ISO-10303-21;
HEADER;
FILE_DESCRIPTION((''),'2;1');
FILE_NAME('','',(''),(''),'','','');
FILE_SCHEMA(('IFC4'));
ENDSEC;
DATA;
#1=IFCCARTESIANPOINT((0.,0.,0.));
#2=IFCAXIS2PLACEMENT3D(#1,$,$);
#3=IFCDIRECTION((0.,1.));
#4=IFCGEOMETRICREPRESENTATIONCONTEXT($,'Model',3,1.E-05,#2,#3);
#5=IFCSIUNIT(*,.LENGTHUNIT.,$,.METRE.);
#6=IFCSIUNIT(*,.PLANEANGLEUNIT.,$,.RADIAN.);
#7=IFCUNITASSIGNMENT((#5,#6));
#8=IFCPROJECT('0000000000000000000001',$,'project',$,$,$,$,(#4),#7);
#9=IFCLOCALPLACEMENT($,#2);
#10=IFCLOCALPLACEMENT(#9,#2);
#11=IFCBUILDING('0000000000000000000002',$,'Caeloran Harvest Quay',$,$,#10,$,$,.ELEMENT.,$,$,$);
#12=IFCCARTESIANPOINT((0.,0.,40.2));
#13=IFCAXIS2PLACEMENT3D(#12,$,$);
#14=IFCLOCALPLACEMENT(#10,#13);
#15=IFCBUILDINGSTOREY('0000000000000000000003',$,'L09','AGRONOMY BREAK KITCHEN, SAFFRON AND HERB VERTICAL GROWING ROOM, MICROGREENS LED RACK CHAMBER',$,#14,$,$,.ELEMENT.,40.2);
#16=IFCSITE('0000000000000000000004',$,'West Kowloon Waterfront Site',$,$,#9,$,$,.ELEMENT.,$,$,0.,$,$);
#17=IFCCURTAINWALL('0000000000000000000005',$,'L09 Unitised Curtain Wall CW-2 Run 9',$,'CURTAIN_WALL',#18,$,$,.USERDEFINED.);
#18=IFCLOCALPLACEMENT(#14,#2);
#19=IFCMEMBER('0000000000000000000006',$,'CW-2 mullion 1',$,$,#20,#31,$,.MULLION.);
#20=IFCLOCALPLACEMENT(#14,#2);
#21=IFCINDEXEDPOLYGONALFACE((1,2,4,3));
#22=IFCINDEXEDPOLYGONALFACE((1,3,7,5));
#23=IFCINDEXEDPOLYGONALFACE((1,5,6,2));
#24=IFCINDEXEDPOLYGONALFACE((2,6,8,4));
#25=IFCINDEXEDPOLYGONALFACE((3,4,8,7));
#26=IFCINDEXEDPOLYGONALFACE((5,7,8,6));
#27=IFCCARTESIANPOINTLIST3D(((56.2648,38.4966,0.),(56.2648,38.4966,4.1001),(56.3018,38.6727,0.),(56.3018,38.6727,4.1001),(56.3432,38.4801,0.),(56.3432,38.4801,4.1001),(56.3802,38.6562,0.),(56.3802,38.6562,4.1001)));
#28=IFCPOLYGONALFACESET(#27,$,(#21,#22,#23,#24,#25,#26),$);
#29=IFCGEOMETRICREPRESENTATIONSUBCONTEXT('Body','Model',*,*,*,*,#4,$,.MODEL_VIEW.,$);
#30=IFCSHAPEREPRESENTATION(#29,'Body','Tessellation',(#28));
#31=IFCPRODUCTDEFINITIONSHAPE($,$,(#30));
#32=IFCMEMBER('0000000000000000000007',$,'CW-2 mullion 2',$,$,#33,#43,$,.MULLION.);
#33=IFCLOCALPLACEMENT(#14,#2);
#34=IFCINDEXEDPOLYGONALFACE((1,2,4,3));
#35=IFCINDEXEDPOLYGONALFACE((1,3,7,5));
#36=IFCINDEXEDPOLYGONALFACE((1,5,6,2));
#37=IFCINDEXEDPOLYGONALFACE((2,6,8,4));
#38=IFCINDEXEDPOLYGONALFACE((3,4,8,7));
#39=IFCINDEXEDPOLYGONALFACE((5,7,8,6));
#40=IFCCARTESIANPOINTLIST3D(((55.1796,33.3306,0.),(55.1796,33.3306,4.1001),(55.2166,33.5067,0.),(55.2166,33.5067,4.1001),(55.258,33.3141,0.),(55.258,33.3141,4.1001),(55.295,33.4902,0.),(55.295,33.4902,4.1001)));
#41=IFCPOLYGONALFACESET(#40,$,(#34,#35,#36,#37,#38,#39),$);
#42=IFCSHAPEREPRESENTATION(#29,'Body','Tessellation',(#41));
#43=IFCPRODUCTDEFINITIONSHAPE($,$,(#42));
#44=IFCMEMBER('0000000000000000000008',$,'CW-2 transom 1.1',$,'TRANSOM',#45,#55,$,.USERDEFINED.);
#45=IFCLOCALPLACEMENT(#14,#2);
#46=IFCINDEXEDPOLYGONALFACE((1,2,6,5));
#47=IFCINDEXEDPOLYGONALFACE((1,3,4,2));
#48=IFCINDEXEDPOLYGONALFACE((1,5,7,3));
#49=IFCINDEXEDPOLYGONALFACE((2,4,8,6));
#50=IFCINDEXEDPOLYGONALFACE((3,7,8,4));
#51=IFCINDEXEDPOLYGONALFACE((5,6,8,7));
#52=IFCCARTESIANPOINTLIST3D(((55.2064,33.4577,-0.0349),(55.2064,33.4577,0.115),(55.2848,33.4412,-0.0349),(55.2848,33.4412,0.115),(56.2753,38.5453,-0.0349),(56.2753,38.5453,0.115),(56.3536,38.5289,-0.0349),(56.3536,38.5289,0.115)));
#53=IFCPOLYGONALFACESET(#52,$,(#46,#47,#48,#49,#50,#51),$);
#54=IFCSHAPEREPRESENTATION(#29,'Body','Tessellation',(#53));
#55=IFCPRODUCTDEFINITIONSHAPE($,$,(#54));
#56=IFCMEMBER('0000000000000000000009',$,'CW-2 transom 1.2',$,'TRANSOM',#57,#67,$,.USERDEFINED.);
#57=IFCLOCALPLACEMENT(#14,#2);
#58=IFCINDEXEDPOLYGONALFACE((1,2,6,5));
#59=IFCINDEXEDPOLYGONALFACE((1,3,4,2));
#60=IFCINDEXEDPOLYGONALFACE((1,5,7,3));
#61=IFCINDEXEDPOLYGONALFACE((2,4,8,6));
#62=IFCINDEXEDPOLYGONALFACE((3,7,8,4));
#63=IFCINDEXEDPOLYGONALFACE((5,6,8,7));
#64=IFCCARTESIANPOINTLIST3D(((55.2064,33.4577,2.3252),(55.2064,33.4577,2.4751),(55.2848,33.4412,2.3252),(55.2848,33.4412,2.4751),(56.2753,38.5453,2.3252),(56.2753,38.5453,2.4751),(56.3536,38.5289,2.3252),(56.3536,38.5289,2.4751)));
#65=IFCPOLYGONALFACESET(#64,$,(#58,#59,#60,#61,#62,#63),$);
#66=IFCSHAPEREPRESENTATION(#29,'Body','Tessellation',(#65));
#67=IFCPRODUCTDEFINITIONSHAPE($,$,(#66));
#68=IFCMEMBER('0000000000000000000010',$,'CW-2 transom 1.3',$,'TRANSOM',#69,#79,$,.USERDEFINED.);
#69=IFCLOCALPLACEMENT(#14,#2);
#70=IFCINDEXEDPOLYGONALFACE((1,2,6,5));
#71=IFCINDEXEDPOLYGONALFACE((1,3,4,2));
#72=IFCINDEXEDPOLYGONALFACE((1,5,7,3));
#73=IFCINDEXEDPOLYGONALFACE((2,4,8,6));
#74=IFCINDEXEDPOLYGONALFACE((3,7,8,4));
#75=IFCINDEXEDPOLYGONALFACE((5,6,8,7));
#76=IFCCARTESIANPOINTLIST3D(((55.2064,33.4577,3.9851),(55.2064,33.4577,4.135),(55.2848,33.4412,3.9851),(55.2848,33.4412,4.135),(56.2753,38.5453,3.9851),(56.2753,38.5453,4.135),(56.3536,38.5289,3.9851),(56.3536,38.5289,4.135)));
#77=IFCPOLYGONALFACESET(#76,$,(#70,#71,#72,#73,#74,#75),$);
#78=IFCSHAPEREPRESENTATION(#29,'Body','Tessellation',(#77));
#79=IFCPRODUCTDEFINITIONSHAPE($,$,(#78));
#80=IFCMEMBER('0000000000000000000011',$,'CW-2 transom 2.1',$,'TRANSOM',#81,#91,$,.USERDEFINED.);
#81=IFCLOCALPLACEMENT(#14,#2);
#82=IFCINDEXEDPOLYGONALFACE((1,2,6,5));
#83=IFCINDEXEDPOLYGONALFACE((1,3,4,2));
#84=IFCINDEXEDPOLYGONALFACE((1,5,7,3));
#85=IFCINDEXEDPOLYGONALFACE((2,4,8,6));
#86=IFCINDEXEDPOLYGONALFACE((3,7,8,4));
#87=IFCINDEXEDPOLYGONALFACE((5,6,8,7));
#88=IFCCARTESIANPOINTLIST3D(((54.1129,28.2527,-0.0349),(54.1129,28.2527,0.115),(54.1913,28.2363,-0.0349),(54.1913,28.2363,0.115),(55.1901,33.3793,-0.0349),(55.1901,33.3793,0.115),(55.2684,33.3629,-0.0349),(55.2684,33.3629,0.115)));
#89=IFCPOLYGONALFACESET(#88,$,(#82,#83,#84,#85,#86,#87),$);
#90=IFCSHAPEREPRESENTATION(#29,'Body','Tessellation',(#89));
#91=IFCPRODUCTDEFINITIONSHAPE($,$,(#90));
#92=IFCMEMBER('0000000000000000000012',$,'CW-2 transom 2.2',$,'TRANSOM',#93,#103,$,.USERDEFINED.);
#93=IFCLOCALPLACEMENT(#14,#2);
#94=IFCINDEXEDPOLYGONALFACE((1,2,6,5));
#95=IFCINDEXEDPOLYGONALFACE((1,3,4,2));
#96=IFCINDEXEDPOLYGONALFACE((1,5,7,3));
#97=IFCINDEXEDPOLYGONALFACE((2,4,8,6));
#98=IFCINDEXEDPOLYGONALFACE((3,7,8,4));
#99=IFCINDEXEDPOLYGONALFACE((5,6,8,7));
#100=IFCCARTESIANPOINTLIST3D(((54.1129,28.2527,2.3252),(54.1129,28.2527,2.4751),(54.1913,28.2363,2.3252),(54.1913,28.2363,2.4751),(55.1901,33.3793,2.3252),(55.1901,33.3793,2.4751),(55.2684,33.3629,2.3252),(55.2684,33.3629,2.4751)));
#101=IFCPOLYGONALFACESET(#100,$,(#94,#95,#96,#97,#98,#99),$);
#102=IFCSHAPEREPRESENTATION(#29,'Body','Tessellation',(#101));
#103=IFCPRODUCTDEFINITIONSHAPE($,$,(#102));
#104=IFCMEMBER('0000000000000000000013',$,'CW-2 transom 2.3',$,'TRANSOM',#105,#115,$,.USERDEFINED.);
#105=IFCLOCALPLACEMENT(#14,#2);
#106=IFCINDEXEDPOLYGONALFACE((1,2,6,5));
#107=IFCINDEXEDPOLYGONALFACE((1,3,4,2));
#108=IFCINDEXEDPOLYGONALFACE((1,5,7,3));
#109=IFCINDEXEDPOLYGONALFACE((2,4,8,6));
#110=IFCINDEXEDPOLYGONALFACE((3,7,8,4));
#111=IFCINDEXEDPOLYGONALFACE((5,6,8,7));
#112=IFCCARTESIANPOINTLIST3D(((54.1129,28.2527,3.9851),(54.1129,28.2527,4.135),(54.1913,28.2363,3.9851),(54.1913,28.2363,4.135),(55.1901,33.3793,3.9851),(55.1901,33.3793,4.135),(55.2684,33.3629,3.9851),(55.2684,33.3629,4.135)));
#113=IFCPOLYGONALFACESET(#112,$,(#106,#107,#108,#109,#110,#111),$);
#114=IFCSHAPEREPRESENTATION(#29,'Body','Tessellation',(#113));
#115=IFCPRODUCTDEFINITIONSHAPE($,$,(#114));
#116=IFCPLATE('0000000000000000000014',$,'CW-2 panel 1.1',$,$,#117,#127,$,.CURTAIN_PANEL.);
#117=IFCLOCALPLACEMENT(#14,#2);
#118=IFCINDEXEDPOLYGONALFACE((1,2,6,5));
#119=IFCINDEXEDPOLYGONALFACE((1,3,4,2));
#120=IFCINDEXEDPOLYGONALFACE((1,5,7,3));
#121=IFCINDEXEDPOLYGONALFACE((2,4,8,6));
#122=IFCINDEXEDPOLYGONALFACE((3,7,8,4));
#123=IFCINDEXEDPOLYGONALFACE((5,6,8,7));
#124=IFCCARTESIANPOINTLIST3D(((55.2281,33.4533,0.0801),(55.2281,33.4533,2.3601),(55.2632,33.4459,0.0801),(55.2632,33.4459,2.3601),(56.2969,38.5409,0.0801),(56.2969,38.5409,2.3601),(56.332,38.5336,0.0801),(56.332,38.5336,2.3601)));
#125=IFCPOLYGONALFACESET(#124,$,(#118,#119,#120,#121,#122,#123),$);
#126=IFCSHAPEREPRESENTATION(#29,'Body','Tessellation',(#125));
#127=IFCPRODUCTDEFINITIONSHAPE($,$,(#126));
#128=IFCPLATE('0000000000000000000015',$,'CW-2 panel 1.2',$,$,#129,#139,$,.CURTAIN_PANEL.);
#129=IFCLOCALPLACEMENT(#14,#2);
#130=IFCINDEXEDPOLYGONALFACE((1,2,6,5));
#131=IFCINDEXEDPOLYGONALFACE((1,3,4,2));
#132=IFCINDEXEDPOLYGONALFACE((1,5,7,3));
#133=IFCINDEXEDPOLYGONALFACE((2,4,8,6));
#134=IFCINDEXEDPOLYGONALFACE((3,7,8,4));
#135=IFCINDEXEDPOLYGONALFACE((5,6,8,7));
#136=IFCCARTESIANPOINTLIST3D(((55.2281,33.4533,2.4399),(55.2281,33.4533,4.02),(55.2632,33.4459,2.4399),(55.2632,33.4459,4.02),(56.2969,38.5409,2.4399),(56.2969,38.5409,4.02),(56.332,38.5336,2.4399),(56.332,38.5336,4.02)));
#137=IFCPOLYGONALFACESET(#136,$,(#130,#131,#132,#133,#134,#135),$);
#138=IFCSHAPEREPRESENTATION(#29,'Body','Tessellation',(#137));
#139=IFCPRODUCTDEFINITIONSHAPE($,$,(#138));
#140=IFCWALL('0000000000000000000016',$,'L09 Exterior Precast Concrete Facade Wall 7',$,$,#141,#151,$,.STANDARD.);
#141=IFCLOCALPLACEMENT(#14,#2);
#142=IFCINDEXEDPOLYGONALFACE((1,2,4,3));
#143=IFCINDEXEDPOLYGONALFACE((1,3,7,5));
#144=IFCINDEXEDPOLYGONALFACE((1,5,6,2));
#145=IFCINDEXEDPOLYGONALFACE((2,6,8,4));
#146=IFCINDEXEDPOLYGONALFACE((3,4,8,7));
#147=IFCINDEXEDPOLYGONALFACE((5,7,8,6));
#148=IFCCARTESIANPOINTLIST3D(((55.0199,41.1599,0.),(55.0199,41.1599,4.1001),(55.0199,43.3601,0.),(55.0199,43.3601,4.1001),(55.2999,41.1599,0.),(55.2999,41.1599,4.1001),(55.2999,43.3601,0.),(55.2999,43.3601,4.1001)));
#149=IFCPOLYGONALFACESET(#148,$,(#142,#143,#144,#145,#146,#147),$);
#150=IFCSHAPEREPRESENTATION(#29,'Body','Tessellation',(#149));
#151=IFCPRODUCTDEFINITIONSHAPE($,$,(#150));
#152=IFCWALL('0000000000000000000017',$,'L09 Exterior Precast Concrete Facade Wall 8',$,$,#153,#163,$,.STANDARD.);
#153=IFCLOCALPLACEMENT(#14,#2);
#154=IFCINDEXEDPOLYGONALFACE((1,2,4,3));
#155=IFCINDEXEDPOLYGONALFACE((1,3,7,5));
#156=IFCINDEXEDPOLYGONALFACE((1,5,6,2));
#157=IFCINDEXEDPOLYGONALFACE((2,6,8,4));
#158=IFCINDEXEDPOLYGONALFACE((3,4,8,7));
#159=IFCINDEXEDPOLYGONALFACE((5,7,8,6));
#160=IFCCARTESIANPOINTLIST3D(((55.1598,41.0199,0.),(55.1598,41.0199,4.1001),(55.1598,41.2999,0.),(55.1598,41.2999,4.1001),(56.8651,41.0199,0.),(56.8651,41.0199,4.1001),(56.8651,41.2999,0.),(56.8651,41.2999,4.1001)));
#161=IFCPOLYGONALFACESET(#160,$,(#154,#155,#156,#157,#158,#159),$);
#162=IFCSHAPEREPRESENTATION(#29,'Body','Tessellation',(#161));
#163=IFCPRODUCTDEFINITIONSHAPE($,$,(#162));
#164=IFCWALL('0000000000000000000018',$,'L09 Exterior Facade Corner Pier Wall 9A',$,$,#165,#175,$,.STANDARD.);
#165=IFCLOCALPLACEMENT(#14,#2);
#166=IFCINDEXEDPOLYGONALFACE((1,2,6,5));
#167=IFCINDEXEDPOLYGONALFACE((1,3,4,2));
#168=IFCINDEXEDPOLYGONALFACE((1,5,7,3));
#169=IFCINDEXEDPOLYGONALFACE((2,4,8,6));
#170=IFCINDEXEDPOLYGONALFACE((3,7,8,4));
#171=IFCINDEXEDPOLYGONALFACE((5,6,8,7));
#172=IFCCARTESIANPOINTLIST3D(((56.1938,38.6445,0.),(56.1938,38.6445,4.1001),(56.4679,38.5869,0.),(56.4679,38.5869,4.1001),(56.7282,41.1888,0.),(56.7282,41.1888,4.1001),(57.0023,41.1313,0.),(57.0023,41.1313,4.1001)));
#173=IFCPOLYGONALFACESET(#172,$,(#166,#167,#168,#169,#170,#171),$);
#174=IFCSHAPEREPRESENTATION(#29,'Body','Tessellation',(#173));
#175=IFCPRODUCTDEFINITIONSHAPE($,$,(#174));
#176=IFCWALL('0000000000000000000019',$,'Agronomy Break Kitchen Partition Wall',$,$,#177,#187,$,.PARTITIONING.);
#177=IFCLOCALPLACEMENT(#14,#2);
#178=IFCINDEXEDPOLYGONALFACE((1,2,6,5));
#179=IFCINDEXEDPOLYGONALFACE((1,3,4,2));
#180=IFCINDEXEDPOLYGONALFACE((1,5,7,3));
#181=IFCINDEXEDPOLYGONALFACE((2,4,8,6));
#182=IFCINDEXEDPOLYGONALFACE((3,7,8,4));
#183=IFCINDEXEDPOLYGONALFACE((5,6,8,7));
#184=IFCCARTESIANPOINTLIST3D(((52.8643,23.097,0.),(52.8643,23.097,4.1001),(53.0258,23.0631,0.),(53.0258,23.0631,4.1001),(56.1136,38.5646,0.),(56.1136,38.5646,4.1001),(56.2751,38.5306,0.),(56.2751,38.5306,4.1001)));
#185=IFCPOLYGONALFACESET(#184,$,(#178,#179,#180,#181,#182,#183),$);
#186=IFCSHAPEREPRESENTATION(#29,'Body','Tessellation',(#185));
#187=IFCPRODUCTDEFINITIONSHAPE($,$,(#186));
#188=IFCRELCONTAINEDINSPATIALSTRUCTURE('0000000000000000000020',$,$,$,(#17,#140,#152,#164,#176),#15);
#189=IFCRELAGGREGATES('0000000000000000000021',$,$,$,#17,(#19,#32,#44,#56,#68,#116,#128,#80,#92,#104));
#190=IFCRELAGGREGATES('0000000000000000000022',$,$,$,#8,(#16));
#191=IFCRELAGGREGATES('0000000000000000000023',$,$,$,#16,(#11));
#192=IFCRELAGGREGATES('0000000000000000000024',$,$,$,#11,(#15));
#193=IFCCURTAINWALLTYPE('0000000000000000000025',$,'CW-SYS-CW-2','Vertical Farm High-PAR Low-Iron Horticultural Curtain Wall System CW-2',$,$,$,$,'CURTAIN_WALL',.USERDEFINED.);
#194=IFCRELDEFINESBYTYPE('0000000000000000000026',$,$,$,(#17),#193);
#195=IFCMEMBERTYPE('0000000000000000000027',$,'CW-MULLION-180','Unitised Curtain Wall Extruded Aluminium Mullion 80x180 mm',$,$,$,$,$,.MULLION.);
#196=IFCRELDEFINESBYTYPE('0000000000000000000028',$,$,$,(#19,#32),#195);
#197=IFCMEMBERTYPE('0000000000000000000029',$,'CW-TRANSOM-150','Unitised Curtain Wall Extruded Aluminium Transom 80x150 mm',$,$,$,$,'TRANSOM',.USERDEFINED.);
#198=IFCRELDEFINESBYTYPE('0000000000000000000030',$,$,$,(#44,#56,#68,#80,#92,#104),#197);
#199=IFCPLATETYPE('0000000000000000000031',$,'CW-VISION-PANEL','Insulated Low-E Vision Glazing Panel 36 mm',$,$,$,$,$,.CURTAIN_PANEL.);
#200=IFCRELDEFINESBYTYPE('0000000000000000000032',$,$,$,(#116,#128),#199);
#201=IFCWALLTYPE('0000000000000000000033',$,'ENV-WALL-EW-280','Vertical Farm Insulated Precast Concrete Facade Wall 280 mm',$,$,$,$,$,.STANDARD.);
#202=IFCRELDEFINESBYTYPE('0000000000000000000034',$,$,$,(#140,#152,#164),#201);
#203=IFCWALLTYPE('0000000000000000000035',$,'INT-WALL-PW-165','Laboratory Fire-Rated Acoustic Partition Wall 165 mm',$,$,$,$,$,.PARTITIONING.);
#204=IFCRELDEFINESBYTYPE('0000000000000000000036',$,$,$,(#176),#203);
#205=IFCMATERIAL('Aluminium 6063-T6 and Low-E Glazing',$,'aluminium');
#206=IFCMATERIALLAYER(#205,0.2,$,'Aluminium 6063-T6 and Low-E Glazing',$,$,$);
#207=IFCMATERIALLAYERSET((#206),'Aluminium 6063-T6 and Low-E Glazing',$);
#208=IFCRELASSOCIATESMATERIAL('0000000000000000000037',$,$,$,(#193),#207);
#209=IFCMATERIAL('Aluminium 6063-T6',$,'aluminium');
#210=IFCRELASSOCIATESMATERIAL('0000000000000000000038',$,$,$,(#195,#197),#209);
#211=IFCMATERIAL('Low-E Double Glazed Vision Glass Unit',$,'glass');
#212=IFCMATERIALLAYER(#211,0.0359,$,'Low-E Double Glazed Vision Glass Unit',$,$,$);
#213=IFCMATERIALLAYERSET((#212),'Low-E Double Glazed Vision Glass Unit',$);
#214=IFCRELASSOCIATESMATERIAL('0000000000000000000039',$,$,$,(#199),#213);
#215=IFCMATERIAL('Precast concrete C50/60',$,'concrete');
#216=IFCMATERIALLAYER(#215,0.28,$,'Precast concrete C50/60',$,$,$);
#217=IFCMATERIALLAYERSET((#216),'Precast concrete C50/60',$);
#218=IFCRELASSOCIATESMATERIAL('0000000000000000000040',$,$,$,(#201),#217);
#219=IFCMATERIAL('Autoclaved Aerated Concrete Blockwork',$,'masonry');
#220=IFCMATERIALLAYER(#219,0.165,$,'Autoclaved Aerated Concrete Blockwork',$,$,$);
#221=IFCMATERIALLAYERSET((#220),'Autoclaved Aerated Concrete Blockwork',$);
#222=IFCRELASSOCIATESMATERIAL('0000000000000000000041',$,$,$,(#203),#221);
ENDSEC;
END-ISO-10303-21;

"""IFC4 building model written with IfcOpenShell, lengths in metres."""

from ifc_helpers import new_model, si_unit, direction, frame, frame_2d, origin, origin_2d, place, context, subcontext, project, spatial, rectangle, extrude, material, layer, layer_set, material_profile, profile_set, type_object, element, aggregate, save


model = new_model("IFC4")

# Units and contexts
model_context = context("Model", 3, precision=1e-05, world=origin(), true_north=direction((0.0, 1.0)))
body_context = subcontext(model_context, "Body", "Model", "MODEL_VIEW")
ifc_project = project(units=[si_unit("LENGTHUNIT", "METRE"), si_unit("PLANEANGLEUNIT", "RADIAN")], contexts=[model_context])

# Site, building, storey
site_placement = place(None, origin())
site = spatial("IfcSite", under=ifc_project, at=site_placement, Name="West Kowloon Waterfront Site", CompositionType="ELEMENT", RefElevation=0.0)
building_placement = place(site_placement, origin())
building = spatial("IfcBuilding", under=site, at=building_placement, Name="Caeloran Harvest Quay", CompositionType="ELEMENT")
storey_placement = place(building_placement, frame((0.0, 0.0, 40.2)))
storey = spatial("IfcBuildingStorey", under=building, at=storey_placement, Name="L09", Description="AGRONOMY BREAK KITCHEN, SAFFRON AND HERB VERTICAL GROWING ROOM, MICROGREENS LED RACK CHAMBER", CompositionType="ELEMENT", Elevation=40.2)

# Curtain wall, members, plates
ifc_material_1 = material(Name="Aluminium 6063-T6 and Low-E Glazing", Category="aluminium")
ifc_layer_1 = layer(ifc_material_1, 0.2, Name="Aluminium 6063-T6 and Low-E Glazing")
ifc_layer_set_1 = layer_set([ifc_layer_1], Name="Aluminium 6063-T6 and Low-E Glazing")
curtain_wall_type = type_object("IfcCurtainWallType", Name="CW-SYS-CW-2", Description="Vertical Farm High-PAR Low-Iron Horticultural Curtain Wall System CW-2", ElementType="CURTAIN_WALL", PredefinedType="USERDEFINED", material=ifc_layer_set_1)
curtain_wall_placement = place(storey_placement, origin())
curtain_wall = element("IfcCurtainWall", 1, at=curtain_wall_placement, inside=storey, type_object=curtain_wall_type, Name="L09 Unitised Curtain Wall CW-2 Run 9", ObjectType="CURTAIN_WALL", PredefinedType="USERDEFINED")
ifc_material_2 = material(Name="Aluminium 6063-T6", Category="aluminium")
ifc_material_profile_1 = material_profile(ifc_material_2, rectangle(XDim=0.0801, YDim=0.1799, at=origin_2d()), Name="CW-MULLION-180")
ifc_profile_set_1 = profile_set([ifc_material_profile_1], Name="Aluminium 6063-T6")
member_type_1 = type_object("IfcMemberType", Name="CW-MULLION-180", Description="Unitised Curtain Wall Extruded Aluminium Mullion 80x180 mm", PredefinedType="MULLION", material=ifc_profile_set_1)
member_1_placement = place(storey_placement, frame((56.3225, 38.5764, 0.0), z_axis=(0.0, 0.0, 1.0), x_axis=(0.97864, -0.205583, 0.0)))
member_1 = element("IfcMember", 2, at=member_1_placement, type_object=member_type_1, Name="CW-2 mullion 1", PredefinedType="MULLION", context=body_context, shape_type="SweptSolid", body=[
    extrude(rectangle(XDim=0.0801, YDim=0.1799, at=origin_2d()), origin(), (0.0, 0.0, 1.0), 4.1001),
])
member_2_placement = place(storey_placement, frame((55.2373, 33.4104, 0.0), z_axis=(0.0, 0.0, 1.0), x_axis=(0.97864, -0.205583, 0.0)))
member_2 = element("IfcMember", 3, at=member_2_placement, type_object=member_type_1, Name="CW-2 mullion 2", PredefinedType="MULLION", context=body_context, shape_type="SweptSolid", body=[
    extrude(rectangle(XDim=0.0801, YDim=0.1799, at=origin_2d()), origin(), (0.0, 0.0, 1.0), 4.1001),
])
ifc_material_profile_2 = material_profile(ifc_material_2, rectangle(XDim=0.0801, YDim=0.1499, at=origin_2d()), Name="CW-TRANSOM-150")
ifc_profile_set_2 = profile_set([ifc_material_profile_2], Name="Aluminium 6063-T6")
member_type_2 = type_object("IfcMemberType", Name="CW-TRANSOM-150", Description="Unitised Curtain Wall Extruded Aluminium Transom 80x150 mm", ElementType="TRANSOM", PredefinedType="USERDEFINED", material=ifc_profile_set_2)
member_3_placement = place(storey_placement, frame((56.3145, 38.5371, 0.04), z_axis=(-0.205599, -0.978636, 0.0), x_axis=(0.978636, -0.205599, 0.0)))
member_3 = element("IfcMember", 4, at=member_3_placement, type_object=member_type_2, Name="CW-2 transom 1.1", ObjectType="TRANSOM", PredefinedType="USERDEFINED", context=body_context, shape_type="SweptSolid", body=[
    extrude(rectangle(XDim=0.0801, YDim=0.1499, at=origin_2d()), origin(), (0.0, 0.0, 1.0), 5.1987),
])
member_4_placement = place(storey_placement, frame((56.3145, 38.5371, 2.4001), z_axis=(-0.205599, -0.978636, 0.0), x_axis=(0.978636, -0.205599, 0.0)))
member_4 = element("IfcMember", 5, at=member_4_placement, type_object=member_type_2, Name="CW-2 transom 1.2", ObjectType="TRANSOM", PredefinedType="USERDEFINED", context=body_context, shape_type="SweptSolid", body=[
    extrude(rectangle(XDim=0.0801, YDim=0.1499, at=origin_2d()), origin(), (0.0, 0.0, 1.0), 5.1987),
])
member_5_placement = place(storey_placement, frame((56.3145, 38.5371, 4.0601), z_axis=(-0.205599, -0.978636, 0.0), x_axis=(0.978636, -0.205599, 0.0)))
member_5 = element("IfcMember", 6, at=member_5_placement, type_object=member_type_2, Name="CW-2 transom 1.3", ObjectType="TRANSOM", PredefinedType="USERDEFINED", context=body_context, shape_type="SweptSolid", body=[
    extrude(rectangle(XDim=0.0801, YDim=0.1499, at=origin_2d()), origin(), (0.0, 0.0, 1.0), 5.1987),
])
member_6_placement = place(storey_placement, frame((55.2292, 33.3711, 0.04), z_axis=(-0.205616, -0.978633, 0.0), x_axis=(0.978633, -0.205616, 0.0)))
member_6 = element("IfcMember", 7, at=member_6_placement, type_object=member_type_2, Name="CW-2 transom 2.1", ObjectType="TRANSOM", PredefinedType="USERDEFINED", context=body_context, shape_type="SweptSolid", body=[
    extrude(rectangle(XDim=0.0801, YDim=0.1499, at=origin_2d()), origin(), (0.0, 0.0, 1.0), 5.2385),
])
member_7_placement = place(storey_placement, frame((55.2292, 33.3711, 2.4001), z_axis=(-0.205616, -0.978633, 0.0), x_axis=(0.978633, -0.205616, 0.0)))
member_7 = element("IfcMember", 8, at=member_7_placement, type_object=member_type_2, Name="CW-2 transom 2.2", ObjectType="TRANSOM", PredefinedType="USERDEFINED", context=body_context, shape_type="SweptSolid", body=[
    extrude(rectangle(XDim=0.0801, YDim=0.1499, at=origin_2d()), origin(), (0.0, 0.0, 1.0), 5.2385),
])
member_8_placement = place(storey_placement, frame((55.2292, 33.3711, 4.0601), z_axis=(-0.205616, -0.978633, 0.0), x_axis=(0.978633, -0.205616, 0.0)))
member_8 = element("IfcMember", 9, at=member_8_placement, type_object=member_type_2, Name="CW-2 transom 2.3", ObjectType="TRANSOM", PredefinedType="USERDEFINED", context=body_context, shape_type="SweptSolid", body=[
    extrude(rectangle(XDim=0.0801, YDim=0.1499, at=origin_2d()), origin(), (0.0, 0.0, 1.0), 5.2385),
])
ifc_material_3 = material(Name="Low-E Double Glazed Vision Glass Unit", Category="glass")
ifc_layer_2 = layer(ifc_material_3, 0.0359, Name="Low-E Double Glazed Vision Glass Unit")
ifc_layer_set_2 = layer_set([ifc_layer_2], Name="Low-E Double Glazed Vision Glass Unit")
plate_type = type_object("IfcPlateType", Name="CW-VISION-PANEL", Description="Insulated Low-E Vision Glazing Panel 36 mm", PredefinedType="CURTAIN_PANEL", material=ifc_layer_set_2)
plate_1_placement = place(storey_placement, frame((55.78, 35.9934, 0.0801), z_axis=(0.0, 0.0, 1.0), x_axis=(-0.205583, -0.97864, 0.0)))
plate_1 = element("IfcPlate", 10, at=plate_1_placement, type_object=plate_type, Name="CW-2 panel 1.1", PredefinedType="CURTAIN_PANEL", context=body_context, shape_type="SweptSolid", body=[
    extrude(rectangle(XDim=5.1987, YDim=0.0359, at=origin_2d()), origin(), (0.0, 0.0, 1.0), 2.28),
])
plate_2_placement = place(storey_placement, frame((55.78, 35.9934, 2.4399), z_axis=(0.0, 0.0, 1.0), x_axis=(-0.205583, -0.97864, 0.0)))
plate_2 = element("IfcPlate", 11, at=plate_2_placement, type_object=plate_type, Name="CW-2 panel 1.2", PredefinedType="CURTAIN_PANEL", context=body_context, shape_type="SweptSolid", body=[
    extrude(rectangle(XDim=5.1987, YDim=0.0359, at=origin_2d()), origin(), (0.0, 0.0, 1.0), 1.5801),
])
aggregate(curtain_wall, [member_1, member_2, member_3, member_4, member_5, plate_1, plate_2, member_6, member_7, member_8])

# Walls
ifc_material_4 = material(Name="Precast concrete C50/60", Category="concrete")
ifc_layer_3 = layer(ifc_material_4, 0.28, Name="Precast concrete C50/60")
ifc_layer_set_3 = layer_set([ifc_layer_3], Name="Precast concrete C50/60")
wall_type_1 = type_object("IfcWallType", Name="ENV-WALL-EW-280", Description="Vertical Farm Insulated Precast Concrete Facade Wall 280 mm", PredefinedType="STANDARD", material=ifc_layer_set_3)
wall_1_placement = place(storey_placement, frame((55.1599, 43.3601, 0.0), z_axis=(0.0, 0.0, 1.0), x_axis=(0.0, -1.0, 0.0)))
element("IfcWall", 12, at=wall_1_placement, inside=storey, type_object=wall_type_1, Name="L09 Exterior Precast Concrete Facade Wall 7", PredefinedType="STANDARD", context=body_context, shape_type="SweptSolid", body=[
    extrude(rectangle(XDim=2.2002, YDim=0.28, at=frame_2d((1.1001, 0.0))), origin(), (0.0, 0.0, 1.0), 4.1001),
])
wall_2_placement = place(storey_placement, frame((55.1599, 41.1599, 0.0), z_axis=(0.0, 0.0, 1.0), x_axis=(1.0, 0.0, 0.0)))
element("IfcWall", 13, at=wall_2_placement, inside=storey, type_object=wall_type_1, Name="L09 Exterior Precast Concrete Facade Wall 8", PredefinedType="STANDARD", context=body_context, shape_type="SweptSolid", body=[
    extrude(rectangle(XDim=1.7053, YDim=0.28, at=frame_2d((0.8525, 0.0))), origin(), (0.0, 0.0, 1.0), 4.1001),
])
wall_3_placement = place(storey_placement, frame((56.8652, 41.1599, 0.0), z_axis=(0.0, 0.0, 1.0), x_axis=(-0.205551, -0.978646, 0.0)))
element("IfcWall", 14, at=wall_3_placement, inside=storey, type_object=wall_type_1, Name="L09 Exterior Facade Corner Pier Wall 9A", PredefinedType="STANDARD", context=body_context, shape_type="SweptSolid", body=[
    extrude(rectangle(XDim=2.5999, YDim=0.28, at=frame_2d((1.2998, 0.0))), origin(), (0.0, 0.0, 1.0), 4.1001),
])
ifc_material_5 = material(Name="Autoclaved Aerated Concrete Blockwork", Category="masonry")
ifc_layer_4 = layer(ifc_material_5, 0.165, Name="Autoclaved Aerated Concrete Blockwork")
ifc_layer_set_4 = layer_set([ifc_layer_4], Name="Autoclaved Aerated Concrete Blockwork")
wall_type_2 = type_object("IfcWallType", Name="INT-WALL-PW-165", Description="Laboratory Fire-Rated Acoustic Partition Wall 165 mm", PredefinedType="PARTITIONING", material=ifc_layer_set_4)
wall_4_placement = place(storey_placement, frame((56.1943, 38.5476, 0.0), z_axis=(0.0, 0.0, 1.0), x_axis=(-0.205583, -0.97864, 0.0)))
element("IfcWall", 15, at=wall_4_placement, inside=storey, type_object=wall_type_2, Name="Agronomy Break Kitchen Partition Wall", PredefinedType="PARTITIONING", context=body_context, shape_type="SweptSolid", body=[
    extrude(rectangle(XDim=15.8052, YDim=0.165, at=frame_2d((7.9026, 0.0))), origin(), (0.0, 0.0, 1.0), 4.1001),
])

save(model, "model.ifc")
